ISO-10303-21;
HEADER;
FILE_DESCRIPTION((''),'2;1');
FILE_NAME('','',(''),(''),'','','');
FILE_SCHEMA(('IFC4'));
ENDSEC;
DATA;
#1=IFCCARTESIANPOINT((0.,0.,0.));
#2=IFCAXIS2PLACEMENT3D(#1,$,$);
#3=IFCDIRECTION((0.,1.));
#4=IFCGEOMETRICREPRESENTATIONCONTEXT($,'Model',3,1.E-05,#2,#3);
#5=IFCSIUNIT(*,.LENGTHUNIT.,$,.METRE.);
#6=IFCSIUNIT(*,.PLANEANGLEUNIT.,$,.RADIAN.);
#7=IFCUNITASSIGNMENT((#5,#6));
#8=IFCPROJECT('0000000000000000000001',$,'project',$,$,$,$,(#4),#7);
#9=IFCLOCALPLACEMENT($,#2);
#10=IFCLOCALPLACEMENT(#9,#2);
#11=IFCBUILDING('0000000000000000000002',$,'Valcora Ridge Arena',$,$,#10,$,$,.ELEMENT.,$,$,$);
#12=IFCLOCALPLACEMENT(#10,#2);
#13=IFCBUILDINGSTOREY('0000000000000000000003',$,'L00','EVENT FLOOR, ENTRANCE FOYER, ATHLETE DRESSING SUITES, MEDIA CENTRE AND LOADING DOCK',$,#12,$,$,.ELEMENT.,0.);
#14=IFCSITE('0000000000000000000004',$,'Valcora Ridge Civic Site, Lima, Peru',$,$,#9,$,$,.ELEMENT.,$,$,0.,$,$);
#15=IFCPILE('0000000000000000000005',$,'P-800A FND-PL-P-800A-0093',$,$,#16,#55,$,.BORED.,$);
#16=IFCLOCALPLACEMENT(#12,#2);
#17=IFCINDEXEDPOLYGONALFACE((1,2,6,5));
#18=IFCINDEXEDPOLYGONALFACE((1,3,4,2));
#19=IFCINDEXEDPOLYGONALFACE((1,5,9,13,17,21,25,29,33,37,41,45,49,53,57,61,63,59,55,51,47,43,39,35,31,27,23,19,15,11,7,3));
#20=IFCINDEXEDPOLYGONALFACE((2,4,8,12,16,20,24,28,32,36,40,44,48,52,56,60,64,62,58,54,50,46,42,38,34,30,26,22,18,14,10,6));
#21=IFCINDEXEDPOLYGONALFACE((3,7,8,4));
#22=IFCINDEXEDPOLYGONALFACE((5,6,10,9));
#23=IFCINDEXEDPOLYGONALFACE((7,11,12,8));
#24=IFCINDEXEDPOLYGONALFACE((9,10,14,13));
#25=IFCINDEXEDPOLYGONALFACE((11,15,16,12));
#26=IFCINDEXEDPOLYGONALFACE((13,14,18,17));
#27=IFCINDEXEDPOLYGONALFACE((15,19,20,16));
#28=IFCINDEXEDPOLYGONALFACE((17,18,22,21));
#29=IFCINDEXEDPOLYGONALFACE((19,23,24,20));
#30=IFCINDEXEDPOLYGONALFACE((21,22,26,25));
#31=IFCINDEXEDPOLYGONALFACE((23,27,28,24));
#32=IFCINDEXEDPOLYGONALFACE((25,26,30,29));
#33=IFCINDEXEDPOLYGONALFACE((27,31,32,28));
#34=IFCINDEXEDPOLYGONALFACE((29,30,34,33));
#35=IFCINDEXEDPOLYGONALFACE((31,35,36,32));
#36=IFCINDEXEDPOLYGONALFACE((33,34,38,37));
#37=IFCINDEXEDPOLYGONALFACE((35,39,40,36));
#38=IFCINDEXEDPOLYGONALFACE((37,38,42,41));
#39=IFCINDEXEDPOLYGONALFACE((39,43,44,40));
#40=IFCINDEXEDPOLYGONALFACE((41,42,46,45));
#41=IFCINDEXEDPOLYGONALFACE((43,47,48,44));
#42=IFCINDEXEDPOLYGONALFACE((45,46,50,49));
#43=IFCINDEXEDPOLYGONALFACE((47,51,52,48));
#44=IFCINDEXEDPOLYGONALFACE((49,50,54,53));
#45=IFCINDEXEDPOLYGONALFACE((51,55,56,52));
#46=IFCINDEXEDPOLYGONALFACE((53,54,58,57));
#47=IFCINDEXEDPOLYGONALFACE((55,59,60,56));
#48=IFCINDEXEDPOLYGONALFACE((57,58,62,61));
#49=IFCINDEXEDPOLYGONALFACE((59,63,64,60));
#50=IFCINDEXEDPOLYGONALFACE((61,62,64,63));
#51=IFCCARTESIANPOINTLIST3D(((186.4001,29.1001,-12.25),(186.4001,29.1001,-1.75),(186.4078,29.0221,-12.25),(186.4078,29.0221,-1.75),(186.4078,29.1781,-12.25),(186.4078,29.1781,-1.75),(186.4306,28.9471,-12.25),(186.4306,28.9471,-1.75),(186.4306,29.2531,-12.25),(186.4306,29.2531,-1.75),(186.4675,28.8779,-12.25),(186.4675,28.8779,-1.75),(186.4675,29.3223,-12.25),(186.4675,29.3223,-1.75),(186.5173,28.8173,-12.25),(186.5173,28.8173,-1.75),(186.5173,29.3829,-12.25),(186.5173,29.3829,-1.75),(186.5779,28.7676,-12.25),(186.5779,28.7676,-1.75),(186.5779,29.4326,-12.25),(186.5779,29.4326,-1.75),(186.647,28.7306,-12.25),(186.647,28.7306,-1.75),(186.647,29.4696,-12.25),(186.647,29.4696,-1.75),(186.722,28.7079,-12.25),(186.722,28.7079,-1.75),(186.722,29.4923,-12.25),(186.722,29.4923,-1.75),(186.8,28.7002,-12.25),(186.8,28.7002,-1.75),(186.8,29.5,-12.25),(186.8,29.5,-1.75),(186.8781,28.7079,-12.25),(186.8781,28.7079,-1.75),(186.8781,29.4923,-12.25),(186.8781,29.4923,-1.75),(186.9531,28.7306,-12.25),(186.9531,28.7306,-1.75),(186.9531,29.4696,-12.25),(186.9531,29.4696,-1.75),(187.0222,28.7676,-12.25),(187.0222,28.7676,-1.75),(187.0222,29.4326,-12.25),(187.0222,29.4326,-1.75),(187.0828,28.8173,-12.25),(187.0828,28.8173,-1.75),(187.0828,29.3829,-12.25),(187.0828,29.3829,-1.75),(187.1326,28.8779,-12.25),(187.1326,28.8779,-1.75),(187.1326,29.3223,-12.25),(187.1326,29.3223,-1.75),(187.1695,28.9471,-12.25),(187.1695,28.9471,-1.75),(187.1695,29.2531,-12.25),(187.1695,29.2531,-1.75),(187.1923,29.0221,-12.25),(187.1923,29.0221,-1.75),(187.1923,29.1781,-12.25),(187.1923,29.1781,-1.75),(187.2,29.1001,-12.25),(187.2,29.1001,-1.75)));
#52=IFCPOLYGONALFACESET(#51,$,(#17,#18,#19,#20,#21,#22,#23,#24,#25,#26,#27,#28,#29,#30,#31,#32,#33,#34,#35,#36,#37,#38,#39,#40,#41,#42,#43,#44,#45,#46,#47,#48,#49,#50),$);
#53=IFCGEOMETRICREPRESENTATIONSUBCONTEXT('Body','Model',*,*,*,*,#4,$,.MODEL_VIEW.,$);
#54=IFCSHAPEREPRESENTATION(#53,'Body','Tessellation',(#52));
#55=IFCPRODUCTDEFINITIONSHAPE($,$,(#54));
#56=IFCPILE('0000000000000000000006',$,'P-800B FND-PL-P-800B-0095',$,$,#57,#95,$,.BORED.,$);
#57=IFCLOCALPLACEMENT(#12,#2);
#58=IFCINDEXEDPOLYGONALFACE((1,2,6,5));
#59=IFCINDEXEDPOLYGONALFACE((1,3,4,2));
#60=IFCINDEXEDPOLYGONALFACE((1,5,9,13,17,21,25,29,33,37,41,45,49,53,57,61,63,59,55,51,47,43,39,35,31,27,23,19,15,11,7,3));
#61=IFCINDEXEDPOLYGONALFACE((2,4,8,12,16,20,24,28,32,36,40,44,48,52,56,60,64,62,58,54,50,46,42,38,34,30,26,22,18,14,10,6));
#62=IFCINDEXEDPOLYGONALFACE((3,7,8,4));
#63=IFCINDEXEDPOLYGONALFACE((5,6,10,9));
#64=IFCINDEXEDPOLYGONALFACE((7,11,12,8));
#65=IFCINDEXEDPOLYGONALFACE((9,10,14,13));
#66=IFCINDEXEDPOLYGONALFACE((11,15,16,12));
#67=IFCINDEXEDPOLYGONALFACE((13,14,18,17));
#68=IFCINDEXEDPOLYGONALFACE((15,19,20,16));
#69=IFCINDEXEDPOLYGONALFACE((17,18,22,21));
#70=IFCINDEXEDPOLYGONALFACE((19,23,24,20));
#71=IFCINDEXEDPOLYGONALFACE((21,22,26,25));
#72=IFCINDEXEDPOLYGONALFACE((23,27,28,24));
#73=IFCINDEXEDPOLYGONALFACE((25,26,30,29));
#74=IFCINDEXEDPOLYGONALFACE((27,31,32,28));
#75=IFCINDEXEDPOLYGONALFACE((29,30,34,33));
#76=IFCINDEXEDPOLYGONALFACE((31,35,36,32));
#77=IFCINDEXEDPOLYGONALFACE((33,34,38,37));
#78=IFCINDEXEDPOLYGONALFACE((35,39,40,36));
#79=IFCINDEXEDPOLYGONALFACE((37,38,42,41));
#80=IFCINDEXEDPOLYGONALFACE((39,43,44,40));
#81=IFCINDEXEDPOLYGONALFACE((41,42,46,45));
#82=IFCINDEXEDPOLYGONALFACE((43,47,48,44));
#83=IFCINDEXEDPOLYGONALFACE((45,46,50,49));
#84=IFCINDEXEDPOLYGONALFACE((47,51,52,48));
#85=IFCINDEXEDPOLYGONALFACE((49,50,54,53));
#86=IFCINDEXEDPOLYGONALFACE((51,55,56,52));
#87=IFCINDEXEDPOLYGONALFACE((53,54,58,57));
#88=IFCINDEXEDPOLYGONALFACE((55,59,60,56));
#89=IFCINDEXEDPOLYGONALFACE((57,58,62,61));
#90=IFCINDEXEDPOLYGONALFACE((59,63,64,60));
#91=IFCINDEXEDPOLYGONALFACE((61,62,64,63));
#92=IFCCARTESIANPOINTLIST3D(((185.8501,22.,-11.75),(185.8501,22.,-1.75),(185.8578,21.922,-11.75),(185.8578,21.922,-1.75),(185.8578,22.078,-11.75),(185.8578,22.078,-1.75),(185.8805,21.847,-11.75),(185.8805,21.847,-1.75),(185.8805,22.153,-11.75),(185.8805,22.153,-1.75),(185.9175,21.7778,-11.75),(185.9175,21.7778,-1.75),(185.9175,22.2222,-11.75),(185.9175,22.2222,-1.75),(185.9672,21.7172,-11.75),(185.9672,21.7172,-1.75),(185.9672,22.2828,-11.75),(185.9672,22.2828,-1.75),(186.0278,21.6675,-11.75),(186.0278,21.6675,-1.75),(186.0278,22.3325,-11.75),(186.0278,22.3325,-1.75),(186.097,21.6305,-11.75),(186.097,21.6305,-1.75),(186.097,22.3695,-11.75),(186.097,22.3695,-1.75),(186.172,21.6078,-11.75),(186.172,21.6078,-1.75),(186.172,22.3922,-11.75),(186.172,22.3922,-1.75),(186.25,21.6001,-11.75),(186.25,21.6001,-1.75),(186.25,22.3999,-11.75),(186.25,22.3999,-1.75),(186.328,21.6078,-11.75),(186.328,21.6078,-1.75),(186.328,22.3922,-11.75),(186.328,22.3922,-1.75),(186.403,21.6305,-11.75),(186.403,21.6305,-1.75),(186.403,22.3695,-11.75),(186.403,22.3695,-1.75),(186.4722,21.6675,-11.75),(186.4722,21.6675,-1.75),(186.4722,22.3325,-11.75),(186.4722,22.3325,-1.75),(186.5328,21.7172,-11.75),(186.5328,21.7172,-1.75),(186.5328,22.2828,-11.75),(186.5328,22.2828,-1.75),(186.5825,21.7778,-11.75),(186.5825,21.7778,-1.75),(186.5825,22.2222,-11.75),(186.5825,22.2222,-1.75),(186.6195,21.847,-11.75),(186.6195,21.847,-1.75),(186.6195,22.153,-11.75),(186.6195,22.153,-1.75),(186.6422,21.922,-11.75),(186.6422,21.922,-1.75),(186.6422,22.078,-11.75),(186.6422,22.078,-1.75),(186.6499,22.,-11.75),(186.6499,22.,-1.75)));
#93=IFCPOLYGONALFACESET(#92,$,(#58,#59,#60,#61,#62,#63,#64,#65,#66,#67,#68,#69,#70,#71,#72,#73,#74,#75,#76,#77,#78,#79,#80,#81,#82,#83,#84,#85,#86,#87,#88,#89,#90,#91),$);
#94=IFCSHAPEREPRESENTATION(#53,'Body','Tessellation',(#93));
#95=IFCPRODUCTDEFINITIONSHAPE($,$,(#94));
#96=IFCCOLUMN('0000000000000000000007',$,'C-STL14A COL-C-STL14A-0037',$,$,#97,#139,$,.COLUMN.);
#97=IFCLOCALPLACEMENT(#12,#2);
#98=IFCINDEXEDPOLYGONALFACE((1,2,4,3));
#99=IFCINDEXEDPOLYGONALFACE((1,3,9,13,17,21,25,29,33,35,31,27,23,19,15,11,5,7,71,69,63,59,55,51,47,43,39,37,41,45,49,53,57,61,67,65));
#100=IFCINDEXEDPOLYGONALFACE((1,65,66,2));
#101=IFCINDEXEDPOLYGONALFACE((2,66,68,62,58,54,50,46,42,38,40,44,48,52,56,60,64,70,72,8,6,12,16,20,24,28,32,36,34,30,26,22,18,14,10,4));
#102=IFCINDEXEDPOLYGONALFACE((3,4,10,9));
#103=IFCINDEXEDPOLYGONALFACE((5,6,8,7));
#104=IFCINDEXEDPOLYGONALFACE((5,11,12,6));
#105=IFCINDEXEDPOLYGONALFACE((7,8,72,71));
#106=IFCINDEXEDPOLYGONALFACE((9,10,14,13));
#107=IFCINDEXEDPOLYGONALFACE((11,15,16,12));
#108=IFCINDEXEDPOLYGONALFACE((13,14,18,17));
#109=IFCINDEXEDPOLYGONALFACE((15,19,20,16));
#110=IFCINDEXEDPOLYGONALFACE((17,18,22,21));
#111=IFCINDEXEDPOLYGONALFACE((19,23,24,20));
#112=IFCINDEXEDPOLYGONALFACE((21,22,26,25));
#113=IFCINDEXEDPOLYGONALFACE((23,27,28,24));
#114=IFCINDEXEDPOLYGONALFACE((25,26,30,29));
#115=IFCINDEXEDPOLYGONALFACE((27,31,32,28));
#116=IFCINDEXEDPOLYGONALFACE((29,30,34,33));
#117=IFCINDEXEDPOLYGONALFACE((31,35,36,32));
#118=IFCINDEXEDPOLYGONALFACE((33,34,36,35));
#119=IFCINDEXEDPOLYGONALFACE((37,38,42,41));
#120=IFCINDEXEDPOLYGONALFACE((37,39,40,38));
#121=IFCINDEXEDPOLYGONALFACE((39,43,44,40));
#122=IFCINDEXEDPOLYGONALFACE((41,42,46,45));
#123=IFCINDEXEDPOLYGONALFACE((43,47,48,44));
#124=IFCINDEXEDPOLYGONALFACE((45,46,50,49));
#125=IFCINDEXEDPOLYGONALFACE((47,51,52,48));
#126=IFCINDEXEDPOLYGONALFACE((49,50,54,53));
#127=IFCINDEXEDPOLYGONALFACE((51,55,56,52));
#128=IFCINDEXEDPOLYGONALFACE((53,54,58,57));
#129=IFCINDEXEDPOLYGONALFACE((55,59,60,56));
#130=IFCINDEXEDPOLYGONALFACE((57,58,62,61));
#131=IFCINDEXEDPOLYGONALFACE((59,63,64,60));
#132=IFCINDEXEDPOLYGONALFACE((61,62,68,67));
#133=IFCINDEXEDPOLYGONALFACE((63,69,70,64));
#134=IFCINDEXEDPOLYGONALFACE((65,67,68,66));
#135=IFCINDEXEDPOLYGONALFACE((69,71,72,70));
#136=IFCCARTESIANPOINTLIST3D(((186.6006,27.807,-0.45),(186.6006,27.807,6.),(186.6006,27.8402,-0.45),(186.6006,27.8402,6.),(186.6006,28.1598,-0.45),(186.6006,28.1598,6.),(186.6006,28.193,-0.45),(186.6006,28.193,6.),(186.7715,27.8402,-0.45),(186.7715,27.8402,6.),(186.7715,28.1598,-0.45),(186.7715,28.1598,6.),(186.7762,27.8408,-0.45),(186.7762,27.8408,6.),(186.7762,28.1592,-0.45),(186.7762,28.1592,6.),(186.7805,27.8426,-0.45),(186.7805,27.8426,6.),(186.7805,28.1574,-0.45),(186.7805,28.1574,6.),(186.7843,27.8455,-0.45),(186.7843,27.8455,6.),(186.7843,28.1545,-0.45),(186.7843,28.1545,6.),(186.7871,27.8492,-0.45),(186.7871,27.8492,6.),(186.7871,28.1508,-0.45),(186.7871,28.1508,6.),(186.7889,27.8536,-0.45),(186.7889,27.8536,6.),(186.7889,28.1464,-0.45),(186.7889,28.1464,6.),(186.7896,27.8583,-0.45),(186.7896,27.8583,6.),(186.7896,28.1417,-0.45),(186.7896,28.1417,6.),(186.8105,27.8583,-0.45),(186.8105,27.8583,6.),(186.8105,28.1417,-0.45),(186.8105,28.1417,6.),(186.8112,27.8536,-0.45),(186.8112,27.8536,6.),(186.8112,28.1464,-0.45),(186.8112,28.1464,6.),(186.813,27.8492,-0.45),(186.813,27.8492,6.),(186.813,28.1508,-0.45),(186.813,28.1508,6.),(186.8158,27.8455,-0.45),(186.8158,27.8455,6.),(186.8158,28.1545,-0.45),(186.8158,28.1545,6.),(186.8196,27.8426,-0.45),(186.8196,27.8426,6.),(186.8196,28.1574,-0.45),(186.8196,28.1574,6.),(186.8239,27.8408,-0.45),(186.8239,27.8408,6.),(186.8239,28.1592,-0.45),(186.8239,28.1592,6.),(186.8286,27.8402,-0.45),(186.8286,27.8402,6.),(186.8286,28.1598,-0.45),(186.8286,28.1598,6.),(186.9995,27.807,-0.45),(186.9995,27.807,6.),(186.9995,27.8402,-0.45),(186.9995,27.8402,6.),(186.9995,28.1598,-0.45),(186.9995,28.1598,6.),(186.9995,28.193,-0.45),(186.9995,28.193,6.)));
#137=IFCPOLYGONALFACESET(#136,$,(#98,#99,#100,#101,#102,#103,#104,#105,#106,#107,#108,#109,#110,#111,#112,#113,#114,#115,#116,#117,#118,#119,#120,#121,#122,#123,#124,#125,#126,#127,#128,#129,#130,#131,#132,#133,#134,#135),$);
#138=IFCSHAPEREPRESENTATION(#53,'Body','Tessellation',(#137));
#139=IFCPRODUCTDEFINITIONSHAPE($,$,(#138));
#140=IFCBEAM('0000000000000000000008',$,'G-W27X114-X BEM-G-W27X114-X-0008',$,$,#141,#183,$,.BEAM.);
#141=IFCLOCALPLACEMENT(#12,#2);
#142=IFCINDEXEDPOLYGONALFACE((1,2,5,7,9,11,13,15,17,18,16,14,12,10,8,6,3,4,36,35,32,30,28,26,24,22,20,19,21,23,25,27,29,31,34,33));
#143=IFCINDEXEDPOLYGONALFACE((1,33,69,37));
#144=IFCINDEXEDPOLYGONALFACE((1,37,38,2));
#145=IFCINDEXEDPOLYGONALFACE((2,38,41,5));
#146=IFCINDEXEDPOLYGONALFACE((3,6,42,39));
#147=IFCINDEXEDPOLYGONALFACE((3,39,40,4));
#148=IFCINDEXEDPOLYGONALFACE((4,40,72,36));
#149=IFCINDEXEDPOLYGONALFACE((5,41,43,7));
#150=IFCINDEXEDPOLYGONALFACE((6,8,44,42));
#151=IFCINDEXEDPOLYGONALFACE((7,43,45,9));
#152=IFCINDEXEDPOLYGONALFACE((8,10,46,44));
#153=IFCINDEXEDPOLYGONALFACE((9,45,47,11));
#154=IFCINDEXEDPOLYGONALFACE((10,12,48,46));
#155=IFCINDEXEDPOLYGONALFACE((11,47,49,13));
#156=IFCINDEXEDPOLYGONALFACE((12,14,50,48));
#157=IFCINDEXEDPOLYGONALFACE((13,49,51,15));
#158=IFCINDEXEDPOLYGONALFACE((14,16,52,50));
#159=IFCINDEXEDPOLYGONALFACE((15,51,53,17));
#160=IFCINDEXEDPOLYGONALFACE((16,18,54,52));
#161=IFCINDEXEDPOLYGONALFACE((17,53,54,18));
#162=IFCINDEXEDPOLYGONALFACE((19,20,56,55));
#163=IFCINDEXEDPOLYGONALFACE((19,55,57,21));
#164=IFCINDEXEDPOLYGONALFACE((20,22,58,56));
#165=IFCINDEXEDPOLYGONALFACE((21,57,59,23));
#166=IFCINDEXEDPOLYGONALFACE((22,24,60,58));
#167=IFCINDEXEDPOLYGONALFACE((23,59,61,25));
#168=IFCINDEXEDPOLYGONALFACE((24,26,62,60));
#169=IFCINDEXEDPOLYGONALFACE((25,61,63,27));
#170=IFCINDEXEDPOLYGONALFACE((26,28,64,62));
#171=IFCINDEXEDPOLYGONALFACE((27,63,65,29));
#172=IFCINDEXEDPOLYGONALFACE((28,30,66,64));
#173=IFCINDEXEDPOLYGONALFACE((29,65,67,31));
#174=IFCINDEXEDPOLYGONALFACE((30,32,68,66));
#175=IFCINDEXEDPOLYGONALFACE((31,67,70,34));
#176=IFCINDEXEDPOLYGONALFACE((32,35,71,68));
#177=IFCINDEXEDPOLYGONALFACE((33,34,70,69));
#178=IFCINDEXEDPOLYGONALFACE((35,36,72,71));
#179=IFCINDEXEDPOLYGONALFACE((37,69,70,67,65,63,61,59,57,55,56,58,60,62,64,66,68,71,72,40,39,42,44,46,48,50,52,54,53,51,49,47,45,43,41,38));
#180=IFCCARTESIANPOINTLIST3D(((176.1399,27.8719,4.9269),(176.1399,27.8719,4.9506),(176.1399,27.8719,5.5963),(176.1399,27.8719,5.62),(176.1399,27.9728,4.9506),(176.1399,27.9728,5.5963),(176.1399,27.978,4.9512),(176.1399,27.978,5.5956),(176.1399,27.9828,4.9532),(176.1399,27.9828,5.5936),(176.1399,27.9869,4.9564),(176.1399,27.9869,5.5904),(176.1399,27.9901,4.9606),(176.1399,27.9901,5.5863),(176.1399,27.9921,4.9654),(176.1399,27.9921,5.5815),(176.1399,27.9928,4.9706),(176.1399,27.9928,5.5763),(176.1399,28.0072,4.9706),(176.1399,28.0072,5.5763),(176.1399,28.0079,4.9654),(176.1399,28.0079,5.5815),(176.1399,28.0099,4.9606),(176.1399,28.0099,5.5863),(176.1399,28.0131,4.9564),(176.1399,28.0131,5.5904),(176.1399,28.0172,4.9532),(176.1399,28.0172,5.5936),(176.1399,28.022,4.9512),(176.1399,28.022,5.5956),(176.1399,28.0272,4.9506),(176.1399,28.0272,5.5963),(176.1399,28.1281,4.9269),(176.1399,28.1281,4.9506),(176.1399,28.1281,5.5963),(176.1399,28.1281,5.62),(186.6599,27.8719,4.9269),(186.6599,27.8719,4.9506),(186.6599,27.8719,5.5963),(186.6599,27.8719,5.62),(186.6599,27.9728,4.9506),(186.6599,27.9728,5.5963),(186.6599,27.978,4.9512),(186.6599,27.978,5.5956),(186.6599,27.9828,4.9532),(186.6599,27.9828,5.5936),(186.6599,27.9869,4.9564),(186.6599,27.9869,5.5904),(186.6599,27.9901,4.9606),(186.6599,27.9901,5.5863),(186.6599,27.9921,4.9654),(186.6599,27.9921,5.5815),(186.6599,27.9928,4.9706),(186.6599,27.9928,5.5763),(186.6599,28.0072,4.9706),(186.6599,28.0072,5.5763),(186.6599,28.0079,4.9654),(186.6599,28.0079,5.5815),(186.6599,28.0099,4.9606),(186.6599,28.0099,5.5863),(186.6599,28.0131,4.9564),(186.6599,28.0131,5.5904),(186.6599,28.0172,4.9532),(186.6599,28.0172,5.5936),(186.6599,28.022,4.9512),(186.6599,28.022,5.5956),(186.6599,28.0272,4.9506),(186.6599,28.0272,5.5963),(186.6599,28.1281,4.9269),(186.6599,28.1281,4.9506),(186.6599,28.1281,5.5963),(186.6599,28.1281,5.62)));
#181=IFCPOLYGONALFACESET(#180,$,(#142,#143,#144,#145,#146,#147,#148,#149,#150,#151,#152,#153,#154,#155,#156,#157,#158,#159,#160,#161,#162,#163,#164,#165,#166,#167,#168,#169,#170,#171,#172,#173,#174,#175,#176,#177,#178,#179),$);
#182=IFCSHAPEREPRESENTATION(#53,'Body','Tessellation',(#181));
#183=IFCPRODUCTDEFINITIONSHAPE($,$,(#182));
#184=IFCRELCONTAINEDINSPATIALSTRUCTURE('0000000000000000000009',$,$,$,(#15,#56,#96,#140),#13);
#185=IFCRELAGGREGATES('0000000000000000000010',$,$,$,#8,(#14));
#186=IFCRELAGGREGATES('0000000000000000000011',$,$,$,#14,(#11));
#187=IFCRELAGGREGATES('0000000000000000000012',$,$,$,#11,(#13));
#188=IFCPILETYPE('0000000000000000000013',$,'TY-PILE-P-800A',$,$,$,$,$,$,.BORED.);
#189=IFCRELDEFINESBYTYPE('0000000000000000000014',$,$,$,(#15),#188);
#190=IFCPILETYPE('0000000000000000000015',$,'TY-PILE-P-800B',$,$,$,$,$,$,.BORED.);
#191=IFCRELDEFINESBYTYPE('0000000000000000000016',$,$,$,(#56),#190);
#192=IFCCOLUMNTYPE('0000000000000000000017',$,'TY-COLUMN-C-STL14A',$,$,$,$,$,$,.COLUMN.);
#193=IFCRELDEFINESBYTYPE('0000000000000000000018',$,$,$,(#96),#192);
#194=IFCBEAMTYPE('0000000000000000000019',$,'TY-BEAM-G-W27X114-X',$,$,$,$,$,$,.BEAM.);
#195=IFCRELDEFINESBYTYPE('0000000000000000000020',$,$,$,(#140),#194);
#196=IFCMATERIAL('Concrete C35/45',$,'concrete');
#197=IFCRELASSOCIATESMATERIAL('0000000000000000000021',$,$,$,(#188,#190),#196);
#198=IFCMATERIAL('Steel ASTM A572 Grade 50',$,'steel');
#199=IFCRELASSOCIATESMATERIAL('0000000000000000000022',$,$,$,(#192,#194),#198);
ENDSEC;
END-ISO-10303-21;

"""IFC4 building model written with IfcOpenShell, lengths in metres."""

from ifc_helpers import new_model, si_unit, direction, frame, origin, origin_2d, place, context, subcontext, project, spatial, circle, i_section, extrude, material, material_profile, profile_set, type_object, element, save


model = new_model("IFC4")

# Units and contexts
model_context = context("Model", 3, precision=1e-05, world=origin(), true_north=direction((0.0, 1.0)))
body_context = subcontext(model_context, "Body", "Model", "MODEL_VIEW")
ifc_project = project(units=[si_unit("LENGTHUNIT", "METRE"), si_unit("PLANEANGLEUNIT", "RADIAN")], contexts=[model_context])

# Site, building, storey
site_placement = place(None, origin())
site = spatial("IfcSite", under=ifc_project, at=site_placement, Name="Valcora Ridge Civic Site, Lima, Peru", CompositionType="ELEMENT", RefElevation=0.0)
building_placement = place(site_placement, origin())
building = spatial("IfcBuilding", under=site, at=building_placement, Name="Valcora Ridge Arena", CompositionType="ELEMENT")
storey_placement = place(building_placement, origin())
storey = spatial("IfcBuildingStorey", under=building, at=storey_placement, Name="L00", Description="EVENT FLOOR, ENTRANCE FOYER, ATHLETE DRESSING SUITES, MEDIA CENTRE AND LOADING DOCK", CompositionType="ELEMENT", Elevation=0.0)

# Piles
ifc_material_1 = material(Name="Concrete C35/45", Category="concrete")
ifc_material_profile_1 = material_profile(ifc_material_1, circle(Radius=0.3999, at=origin_2d()), Name="BORED PILE D800")
ifc_profile_set_1 = profile_set([ifc_material_profile_1], Name="Concrete C35/45")
pile_type_1 = type_object("IfcPileType", Name="TY-PILE-P-800A", PredefinedType="BORED", material=ifc_profile_set_1)
for number, where, z_axis, x_axis, name in (
    (1, (186.8, 29.1001, -1.75), (0.0, 0.0, -1.0), (1.0, 0.0, 0.0), "P-800A FND-PL-P-800A-0093"),
):
    element("IfcPile", number, at=place(storey_placement, frame(where, z_axis=z_axis, x_axis=x_axis)), inside=storey, type_object=pile_type_1, Name=name, PredefinedType="BORED", context=body_context, shape_type="SweptSolid", body=[
        extrude(circle(Radius=0.3999, at=origin_2d()), origin(), (0.0, 0.0, 1.0), 10.5),
    ])
ifc_material_profile_2 = material_profile(ifc_material_1, circle(Radius=0.3999, at=origin_2d()), Name="BORED PILE D800")
ifc_profile_set_2 = profile_set([ifc_material_profile_2], Name="Concrete C35/45")
pile_type_2 = type_object("IfcPileType", Name="TY-PILE-P-800B", PredefinedType="BORED", material=ifc_profile_set_2)
pile_placement = place(storey_placement, frame((186.25, 22.0, -1.75), z_axis=(0.0, 0.0, -1.0), x_axis=(1.0, 0.0, 0.0)))
element("IfcPile", 2, at=pile_placement, inside=storey, type_object=pile_type_2, Name="P-800B FND-PL-P-800B-0095", PredefinedType="BORED", context=body_context, shape_type="SweptSolid", body=[
    extrude(circle(Radius=0.3999, at=origin_2d()), origin(), (0.0, 0.0, 1.0), 10.0),
])

# Column
ifc_material_2 = material(Name="Steel ASTM A572 Grade 50", Category="steel")
ifc_material_profile_3 = material_profile(ifc_material_2, i_section(OverallWidth=0.3989, OverallDepth=0.386, WebThickness=0.021, FlangeThickness=0.0332, FilletRadius=0.0181, at=origin_2d()), Name="W14X176")
ifc_profile_set_3 = profile_set([ifc_material_profile_3], Name="Steel ASTM A572 Grade 50")
column_type = type_object("IfcColumnType", Name="TY-COLUMN-C-STL14A", PredefinedType="COLUMN", material=ifc_profile_set_3)
column_placement = place(storey_placement, frame((186.8, 28.0, -0.45), z_axis=(0.0, 0.0, 1.0), x_axis=(1.0, 0.0, 0.0)))
element("IfcColumn", 3, at=column_placement, inside=storey, type_object=column_type, Name="C-STL14A COL-C-STL14A-0037", PredefinedType="COLUMN", context=body_context, shape_type="SweptSolid", body=[
    extrude(i_section(OverallWidth=0.3989, OverallDepth=0.386, WebThickness=0.021, FlangeThickness=0.0332, FilletRadius=0.0181, at=origin_2d()), origin(), (0.0, 0.0, 1.0), 6.45),
])

# Beam
ifc_material_profile_4 = material_profile(ifc_material_2, i_section(OverallWidth=0.2561, OverallDepth=0.6931, WebThickness=0.0144, FlangeThickness=0.0237, FilletRadius=0.02, at=origin_2d()), Name="W27X114")
ifc_profile_set_4 = profile_set([ifc_material_profile_4], Name="Steel ASTM A572 Grade 50")
beam_type_1 = type_object("IfcBeamType", Name="TY-BEAM-G-W27X114-X", PredefinedType="BEAM", material=ifc_profile_set_4)
beam_1_placement = place(storey_placement, frame((176.1399, 28.0, 5.2734), z_axis=(1.0, 0.0, 0.0), x_axis=(0.0, 1.0, 0.0)))
element("IfcBeam", 4, at=beam_1_placement, inside=storey, type_object=beam_type_1, Name="G-W27X114-X BEM-G-W27X114-X-0008", PredefinedType="BEAM", context=body_context, shape_type="SweptSolid", body=[
    extrude(i_section(OverallWidth=0.2561, OverallDepth=0.6931, WebThickness=0.0144, FlangeThickness=0.0237, FilletRadius=0.02, at=origin_2d()), origin(), (0.0, 0.0, 1.0), 10.52),
])

save(model, "model.ifc")
